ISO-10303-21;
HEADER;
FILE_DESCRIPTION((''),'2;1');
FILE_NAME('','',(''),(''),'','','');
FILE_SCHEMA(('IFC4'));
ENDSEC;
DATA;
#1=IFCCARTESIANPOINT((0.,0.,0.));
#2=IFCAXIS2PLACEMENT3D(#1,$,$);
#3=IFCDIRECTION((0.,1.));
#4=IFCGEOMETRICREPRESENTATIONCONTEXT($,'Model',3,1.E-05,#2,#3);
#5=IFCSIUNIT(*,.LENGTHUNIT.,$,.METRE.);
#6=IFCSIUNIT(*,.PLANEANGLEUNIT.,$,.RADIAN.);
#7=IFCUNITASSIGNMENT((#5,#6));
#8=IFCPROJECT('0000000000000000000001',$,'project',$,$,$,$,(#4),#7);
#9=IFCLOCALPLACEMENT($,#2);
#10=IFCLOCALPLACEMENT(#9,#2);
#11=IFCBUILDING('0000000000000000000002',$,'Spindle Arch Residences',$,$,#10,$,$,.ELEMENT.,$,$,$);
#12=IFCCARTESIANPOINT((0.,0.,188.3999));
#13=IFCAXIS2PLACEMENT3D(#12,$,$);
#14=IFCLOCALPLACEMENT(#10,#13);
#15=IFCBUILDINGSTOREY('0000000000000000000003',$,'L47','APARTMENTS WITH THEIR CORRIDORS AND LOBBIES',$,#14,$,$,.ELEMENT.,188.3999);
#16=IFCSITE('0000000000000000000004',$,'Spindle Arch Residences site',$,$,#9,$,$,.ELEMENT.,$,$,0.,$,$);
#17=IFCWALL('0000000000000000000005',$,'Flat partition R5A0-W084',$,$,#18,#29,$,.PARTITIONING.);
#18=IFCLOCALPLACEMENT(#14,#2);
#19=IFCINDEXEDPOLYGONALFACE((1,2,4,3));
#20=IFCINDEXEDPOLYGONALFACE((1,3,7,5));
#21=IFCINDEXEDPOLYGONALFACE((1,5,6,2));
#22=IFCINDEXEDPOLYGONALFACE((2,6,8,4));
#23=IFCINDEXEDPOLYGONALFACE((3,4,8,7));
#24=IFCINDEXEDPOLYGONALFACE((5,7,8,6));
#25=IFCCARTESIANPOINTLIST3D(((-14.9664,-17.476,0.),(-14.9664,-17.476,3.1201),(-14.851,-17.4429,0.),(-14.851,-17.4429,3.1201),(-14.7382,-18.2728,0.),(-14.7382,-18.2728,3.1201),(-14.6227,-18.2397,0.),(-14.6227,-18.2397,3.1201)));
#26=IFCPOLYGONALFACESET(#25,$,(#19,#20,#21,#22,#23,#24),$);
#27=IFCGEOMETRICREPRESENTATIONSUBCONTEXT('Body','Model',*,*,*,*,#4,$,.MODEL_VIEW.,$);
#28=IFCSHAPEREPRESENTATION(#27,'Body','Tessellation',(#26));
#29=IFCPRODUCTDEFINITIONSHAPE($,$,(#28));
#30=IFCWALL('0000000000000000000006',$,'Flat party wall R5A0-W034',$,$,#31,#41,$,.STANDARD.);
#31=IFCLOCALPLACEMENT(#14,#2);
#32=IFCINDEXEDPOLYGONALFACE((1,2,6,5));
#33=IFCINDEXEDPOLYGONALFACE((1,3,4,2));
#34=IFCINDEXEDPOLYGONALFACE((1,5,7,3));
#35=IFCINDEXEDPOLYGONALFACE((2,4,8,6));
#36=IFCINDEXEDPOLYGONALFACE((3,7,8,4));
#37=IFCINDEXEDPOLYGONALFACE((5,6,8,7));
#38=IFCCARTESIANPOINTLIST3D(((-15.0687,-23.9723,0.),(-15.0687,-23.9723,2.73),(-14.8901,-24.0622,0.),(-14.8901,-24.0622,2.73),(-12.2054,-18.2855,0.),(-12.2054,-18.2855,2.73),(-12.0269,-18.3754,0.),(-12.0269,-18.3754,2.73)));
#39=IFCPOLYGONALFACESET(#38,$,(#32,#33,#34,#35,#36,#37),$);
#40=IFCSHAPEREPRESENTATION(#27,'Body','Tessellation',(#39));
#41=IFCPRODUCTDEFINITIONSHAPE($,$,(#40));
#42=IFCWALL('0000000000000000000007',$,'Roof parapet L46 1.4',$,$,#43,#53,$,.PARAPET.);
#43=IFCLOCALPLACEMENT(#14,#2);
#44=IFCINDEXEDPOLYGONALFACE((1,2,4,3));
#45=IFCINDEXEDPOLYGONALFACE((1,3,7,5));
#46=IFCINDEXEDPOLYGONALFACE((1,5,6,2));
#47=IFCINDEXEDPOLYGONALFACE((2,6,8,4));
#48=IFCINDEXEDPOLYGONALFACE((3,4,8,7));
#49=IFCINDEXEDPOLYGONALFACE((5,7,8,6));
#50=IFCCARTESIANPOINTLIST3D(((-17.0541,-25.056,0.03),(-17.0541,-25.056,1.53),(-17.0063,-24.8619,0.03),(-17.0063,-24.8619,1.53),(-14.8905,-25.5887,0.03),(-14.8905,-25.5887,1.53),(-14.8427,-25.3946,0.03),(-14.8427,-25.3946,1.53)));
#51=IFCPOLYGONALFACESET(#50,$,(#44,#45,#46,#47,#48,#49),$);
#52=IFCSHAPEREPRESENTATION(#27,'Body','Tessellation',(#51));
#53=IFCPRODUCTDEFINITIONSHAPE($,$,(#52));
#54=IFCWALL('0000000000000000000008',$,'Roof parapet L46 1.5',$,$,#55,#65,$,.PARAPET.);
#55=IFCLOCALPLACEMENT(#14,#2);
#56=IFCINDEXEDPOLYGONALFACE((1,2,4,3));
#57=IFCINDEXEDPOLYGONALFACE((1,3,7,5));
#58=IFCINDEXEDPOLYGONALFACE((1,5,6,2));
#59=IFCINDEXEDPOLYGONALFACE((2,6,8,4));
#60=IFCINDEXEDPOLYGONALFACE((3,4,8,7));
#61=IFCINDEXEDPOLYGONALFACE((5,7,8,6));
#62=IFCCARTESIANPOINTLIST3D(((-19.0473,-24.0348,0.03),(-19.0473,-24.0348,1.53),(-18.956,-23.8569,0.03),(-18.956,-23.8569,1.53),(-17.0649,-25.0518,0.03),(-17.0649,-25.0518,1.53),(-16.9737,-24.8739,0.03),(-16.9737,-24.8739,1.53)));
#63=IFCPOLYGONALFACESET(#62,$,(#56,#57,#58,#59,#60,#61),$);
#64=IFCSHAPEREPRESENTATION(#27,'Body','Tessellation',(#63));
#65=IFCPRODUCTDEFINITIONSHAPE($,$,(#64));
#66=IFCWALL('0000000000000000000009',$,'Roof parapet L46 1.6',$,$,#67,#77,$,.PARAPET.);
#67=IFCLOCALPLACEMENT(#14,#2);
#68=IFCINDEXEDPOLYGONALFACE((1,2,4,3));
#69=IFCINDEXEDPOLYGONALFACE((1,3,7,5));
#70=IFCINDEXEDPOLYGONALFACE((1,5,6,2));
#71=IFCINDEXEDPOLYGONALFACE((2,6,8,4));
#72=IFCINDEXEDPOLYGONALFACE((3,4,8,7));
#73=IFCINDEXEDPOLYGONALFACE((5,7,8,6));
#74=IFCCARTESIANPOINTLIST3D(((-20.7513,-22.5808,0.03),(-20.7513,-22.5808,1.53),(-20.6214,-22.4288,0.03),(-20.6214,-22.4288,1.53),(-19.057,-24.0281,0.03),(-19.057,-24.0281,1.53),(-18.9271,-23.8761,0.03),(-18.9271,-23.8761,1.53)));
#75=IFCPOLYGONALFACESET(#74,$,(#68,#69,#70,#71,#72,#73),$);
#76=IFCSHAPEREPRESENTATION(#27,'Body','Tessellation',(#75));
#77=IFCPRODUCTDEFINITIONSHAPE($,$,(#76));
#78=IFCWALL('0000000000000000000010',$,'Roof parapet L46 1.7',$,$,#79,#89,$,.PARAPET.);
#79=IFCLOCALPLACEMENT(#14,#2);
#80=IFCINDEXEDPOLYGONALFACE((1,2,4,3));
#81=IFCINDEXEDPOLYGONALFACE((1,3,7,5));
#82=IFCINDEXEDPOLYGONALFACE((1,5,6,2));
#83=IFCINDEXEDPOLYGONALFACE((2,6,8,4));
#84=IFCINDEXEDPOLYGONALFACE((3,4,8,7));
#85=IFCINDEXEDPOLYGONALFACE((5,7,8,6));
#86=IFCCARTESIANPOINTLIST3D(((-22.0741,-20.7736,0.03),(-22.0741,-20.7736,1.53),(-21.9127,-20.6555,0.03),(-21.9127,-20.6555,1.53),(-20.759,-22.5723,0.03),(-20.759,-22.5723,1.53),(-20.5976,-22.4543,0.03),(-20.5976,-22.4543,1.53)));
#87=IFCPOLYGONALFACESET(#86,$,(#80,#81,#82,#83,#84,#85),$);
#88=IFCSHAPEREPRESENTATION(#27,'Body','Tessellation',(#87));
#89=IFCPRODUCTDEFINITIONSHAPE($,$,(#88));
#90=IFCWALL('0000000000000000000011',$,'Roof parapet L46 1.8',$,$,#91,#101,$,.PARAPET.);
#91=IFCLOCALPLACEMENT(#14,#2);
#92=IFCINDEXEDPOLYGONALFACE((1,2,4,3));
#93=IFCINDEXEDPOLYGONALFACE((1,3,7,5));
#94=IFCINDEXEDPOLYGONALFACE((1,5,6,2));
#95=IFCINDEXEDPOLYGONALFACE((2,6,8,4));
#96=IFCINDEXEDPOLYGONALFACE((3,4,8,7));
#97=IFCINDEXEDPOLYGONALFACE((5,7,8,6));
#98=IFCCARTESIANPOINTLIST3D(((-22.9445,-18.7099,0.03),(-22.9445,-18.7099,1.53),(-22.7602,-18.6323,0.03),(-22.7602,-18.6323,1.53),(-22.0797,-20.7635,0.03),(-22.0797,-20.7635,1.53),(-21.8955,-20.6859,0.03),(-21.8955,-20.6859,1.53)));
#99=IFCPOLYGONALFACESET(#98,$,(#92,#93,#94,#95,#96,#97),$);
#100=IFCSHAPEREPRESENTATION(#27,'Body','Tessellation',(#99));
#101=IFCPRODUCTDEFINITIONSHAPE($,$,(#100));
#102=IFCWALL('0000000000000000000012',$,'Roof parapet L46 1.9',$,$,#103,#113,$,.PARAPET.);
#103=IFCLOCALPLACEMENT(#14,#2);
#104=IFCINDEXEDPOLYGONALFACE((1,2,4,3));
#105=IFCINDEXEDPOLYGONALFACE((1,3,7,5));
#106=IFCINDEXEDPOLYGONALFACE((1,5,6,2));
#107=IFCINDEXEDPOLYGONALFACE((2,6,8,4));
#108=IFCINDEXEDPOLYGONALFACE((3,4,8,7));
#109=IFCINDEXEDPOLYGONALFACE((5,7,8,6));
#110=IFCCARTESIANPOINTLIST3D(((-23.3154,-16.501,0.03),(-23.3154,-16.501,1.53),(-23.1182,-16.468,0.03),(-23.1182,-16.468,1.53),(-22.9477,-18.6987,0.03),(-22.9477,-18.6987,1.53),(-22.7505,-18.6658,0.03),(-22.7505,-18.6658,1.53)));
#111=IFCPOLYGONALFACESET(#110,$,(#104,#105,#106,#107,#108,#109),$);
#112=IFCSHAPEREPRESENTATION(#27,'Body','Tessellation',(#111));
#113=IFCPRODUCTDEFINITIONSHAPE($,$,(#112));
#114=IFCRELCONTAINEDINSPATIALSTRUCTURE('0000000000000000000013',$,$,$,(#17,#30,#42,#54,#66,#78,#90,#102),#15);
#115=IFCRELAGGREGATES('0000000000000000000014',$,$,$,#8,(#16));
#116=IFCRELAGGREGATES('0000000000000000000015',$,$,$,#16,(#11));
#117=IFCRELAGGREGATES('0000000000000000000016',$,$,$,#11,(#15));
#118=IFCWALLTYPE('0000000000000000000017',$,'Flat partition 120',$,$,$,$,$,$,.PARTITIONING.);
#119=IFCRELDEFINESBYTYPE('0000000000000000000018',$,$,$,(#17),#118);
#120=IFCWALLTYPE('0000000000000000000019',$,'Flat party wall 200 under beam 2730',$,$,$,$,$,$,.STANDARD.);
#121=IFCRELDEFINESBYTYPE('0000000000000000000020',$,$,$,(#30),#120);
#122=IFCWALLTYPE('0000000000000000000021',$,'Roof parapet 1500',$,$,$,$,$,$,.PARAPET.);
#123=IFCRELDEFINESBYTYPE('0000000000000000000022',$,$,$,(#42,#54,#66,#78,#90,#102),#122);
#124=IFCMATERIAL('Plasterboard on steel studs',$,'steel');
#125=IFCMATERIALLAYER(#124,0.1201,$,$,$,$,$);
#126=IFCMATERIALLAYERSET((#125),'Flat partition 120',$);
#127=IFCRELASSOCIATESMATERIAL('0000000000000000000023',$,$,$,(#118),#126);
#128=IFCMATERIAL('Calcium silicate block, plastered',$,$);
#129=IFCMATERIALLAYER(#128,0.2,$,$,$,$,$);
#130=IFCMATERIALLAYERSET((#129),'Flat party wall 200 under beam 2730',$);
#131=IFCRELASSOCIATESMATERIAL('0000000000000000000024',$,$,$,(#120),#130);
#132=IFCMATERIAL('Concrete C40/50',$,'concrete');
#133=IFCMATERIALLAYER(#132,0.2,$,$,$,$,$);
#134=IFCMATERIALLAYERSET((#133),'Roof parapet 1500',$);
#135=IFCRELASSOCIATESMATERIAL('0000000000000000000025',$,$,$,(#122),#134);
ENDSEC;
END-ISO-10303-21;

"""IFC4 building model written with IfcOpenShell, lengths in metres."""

from ifc_helpers import new_model, si_unit, direction, frame, frame_2d, origin, place, context, subcontext, project, spatial, rectangle, extrude, material, layer, layer_set, type_object, element, save


model = new_model("IFC4")

# Units and contexts
model_context = context("Model", 3, precision=1e-05, world=origin(), true_north=direction((0.0, 1.0)))
body_context = subcontext(model_context, "Body", "Model", "MODEL_VIEW")
ifc_project = project(units=[si_unit("LENGTHUNIT", "METRE"), si_unit("PLANEANGLEUNIT", "RADIAN")], contexts=[model_context])

# Site, building, storey
site_placement = place(None, origin())
site = spatial("IfcSite", under=ifc_project, at=site_placement, Name="Spindle Arch Residences site", CompositionType="ELEMENT", RefElevation=0.0)
building_placement = place(site_placement, origin())
building = spatial("IfcBuilding", under=site, at=building_placement, Name="Spindle Arch Residences", CompositionType="ELEMENT")
storey_placement = place(building_placement, frame((0.0, 0.0, 188.3999)))
storey = spatial("IfcBuildingStorey", under=building, at=storey_placement, Name="L47", Description="APARTMENTS WITH THEIR CORRIDORS AND LOBBIES", CompositionType="ELEMENT", Elevation=188.3999)

# Shared definitions
ifc_material_1 = material(Name="Plasterboard on steel studs", Category="steel")
ifc_layer_1 = layer(ifc_material_1, 0.1201)
ifc_layer_set_1 = layer_set([ifc_layer_1], Name="Flat partition 120")
wall_type_1 = type_object("IfcWallType", Name="Flat partition 120", PredefinedType="PARTITIONING", material=ifc_layer_set_1)

# Walls
wall_1_placement = place(storey_placement, frame((-14.6804, -18.2563, 0.0), z_axis=(0.0, 0.0, 1.0), x_axis=(-0.275382, 0.961335, 0.0)))
element("IfcWall", 1, at=wall_1_placement, inside=storey, type_object=wall_type_1, Name="Flat partition R5A0-W084", PredefinedType="PARTITIONING", context=body_context, shape_type="SweptSolid", body=[
    extrude(rectangle(XDim=0.8289, YDim=0.1201, at=frame_2d((0.4146, 0.0))), origin(), (0.0, 0.0, 1.0), 3.1201),
])
ifc_material_2 = material(Name="Calcium silicate block, plastered")
ifc_layer_2 = layer(ifc_material_2, 0.2)
ifc_layer_set_2 = layer_set([ifc_layer_2], Name="Flat party wall 200 under beam 2730")
wall_type_2 = type_object("IfcWallType", Name="Flat party wall 200 under beam 2730", PredefinedType="STANDARD", material=ifc_layer_set_2)
wall_2_placement = place(storey_placement, frame((-14.9795, -24.0173, 0.0), z_axis=(0.0, 0.0, 1.0), x_axis=(0.449712, 0.893174, 0.0)))
element("IfcWall", 2, at=wall_2_placement, inside=storey, type_object=wall_type_2, Name="Flat party wall R5A0-W034", PredefinedType="STANDARD", context=body_context, shape_type="SweptSolid", body=[
    extrude(rectangle(XDim=6.3669, YDim=0.2, at=frame_2d((3.1836, 0.0))), origin(), (0.0, 0.0, 1.0), 2.73),
])
ifc_material_3 = material(Name="Concrete C40/50", Category="concrete")
ifc_layer_3 = layer(ifc_material_3, 0.2)
ifc_layer_set_3 = layer_set([ifc_layer_3], Name="Roof parapet 1500")
wall_type_3 = type_object("IfcWallType", Name="Roof parapet 1500", PredefinedType="PARAPET", material=ifc_layer_set_3)
wall_3_placement = place(storey_placement, frame((-14.8665, -25.4917, 0.03), z_axis=(0.0, 0.0, 1.0), x_axis=(-0.971, 0.239079, 0.0)))
element("IfcWall", 3, at=wall_3_placement, inside=storey, type_object=wall_type_3, Name="Roof parapet L46 1.4", PredefinedType="PARAPET", context=body_context, shape_type="SweptSolid", body=[
    extrude(rectangle(XDim=2.2283, YDim=0.2, at=frame_2d((1.1143, 0.0))), origin(), (0.0, 0.0, 1.0), 1.5),
])
wall_4_placement = place(storey_placement, frame((-17.0193, -24.9629, 0.03), z_axis=(0.0, 0.0, 1.0), x_axis=(-0.889733, 0.456481, 0.0)))
element("IfcWall", 4, at=wall_4_placement, inside=storey, type_object=wall_type_3, Name="Roof parapet L46 1.5", PredefinedType="PARAPET", context=body_context, shape_type="SweptSolid", body=[
    extrude(rectangle(XDim=2.228, YDim=0.2, at=frame_2d((1.114, 0.0))), origin(), (0.0, 0.0, 1.0), 1.5),
])
for number, where, z_axis, x_axis, name in (
    (5, (-18.9919, -23.9521, 0.03), (0.0, 0.0, 1.0), (-0.760369, 0.649491, 0.0), "Roof parapet L46 1.6"),
    (6, (-20.6782, -22.5134, 0.03), (0.0, 0.0, 1.0), (-0.590209, 0.807251, 0.0), "Roof parapet L46 1.7"),
    (7, (-21.9875, -20.7249, 0.03), (0.0, 0.0, 1.0), (-0.388067, 0.921631, 0.0), "Roof parapet L46 1.8"),
    (8, (-22.8491, -18.6824, 0.03), (0.0, 0.0, 1.0), (-0.165003, 0.986293, 0.0), "Roof parapet L46 1.9"),
):
    element("IfcWall", number, at=place(storey_placement, frame(where, z_axis=z_axis, x_axis=x_axis)), inside=storey, type_object=wall_type_3, Name=name, PredefinedType="PARAPET", context=body_context, shape_type="SweptSolid", body=[
        extrude(rectangle(XDim=2.2283, YDim=0.2, at=frame_2d((1.1143, 0.0))), origin(), (0.0, 0.0, 1.0), 1.5),
    ])

save(model, "model.ifc")
